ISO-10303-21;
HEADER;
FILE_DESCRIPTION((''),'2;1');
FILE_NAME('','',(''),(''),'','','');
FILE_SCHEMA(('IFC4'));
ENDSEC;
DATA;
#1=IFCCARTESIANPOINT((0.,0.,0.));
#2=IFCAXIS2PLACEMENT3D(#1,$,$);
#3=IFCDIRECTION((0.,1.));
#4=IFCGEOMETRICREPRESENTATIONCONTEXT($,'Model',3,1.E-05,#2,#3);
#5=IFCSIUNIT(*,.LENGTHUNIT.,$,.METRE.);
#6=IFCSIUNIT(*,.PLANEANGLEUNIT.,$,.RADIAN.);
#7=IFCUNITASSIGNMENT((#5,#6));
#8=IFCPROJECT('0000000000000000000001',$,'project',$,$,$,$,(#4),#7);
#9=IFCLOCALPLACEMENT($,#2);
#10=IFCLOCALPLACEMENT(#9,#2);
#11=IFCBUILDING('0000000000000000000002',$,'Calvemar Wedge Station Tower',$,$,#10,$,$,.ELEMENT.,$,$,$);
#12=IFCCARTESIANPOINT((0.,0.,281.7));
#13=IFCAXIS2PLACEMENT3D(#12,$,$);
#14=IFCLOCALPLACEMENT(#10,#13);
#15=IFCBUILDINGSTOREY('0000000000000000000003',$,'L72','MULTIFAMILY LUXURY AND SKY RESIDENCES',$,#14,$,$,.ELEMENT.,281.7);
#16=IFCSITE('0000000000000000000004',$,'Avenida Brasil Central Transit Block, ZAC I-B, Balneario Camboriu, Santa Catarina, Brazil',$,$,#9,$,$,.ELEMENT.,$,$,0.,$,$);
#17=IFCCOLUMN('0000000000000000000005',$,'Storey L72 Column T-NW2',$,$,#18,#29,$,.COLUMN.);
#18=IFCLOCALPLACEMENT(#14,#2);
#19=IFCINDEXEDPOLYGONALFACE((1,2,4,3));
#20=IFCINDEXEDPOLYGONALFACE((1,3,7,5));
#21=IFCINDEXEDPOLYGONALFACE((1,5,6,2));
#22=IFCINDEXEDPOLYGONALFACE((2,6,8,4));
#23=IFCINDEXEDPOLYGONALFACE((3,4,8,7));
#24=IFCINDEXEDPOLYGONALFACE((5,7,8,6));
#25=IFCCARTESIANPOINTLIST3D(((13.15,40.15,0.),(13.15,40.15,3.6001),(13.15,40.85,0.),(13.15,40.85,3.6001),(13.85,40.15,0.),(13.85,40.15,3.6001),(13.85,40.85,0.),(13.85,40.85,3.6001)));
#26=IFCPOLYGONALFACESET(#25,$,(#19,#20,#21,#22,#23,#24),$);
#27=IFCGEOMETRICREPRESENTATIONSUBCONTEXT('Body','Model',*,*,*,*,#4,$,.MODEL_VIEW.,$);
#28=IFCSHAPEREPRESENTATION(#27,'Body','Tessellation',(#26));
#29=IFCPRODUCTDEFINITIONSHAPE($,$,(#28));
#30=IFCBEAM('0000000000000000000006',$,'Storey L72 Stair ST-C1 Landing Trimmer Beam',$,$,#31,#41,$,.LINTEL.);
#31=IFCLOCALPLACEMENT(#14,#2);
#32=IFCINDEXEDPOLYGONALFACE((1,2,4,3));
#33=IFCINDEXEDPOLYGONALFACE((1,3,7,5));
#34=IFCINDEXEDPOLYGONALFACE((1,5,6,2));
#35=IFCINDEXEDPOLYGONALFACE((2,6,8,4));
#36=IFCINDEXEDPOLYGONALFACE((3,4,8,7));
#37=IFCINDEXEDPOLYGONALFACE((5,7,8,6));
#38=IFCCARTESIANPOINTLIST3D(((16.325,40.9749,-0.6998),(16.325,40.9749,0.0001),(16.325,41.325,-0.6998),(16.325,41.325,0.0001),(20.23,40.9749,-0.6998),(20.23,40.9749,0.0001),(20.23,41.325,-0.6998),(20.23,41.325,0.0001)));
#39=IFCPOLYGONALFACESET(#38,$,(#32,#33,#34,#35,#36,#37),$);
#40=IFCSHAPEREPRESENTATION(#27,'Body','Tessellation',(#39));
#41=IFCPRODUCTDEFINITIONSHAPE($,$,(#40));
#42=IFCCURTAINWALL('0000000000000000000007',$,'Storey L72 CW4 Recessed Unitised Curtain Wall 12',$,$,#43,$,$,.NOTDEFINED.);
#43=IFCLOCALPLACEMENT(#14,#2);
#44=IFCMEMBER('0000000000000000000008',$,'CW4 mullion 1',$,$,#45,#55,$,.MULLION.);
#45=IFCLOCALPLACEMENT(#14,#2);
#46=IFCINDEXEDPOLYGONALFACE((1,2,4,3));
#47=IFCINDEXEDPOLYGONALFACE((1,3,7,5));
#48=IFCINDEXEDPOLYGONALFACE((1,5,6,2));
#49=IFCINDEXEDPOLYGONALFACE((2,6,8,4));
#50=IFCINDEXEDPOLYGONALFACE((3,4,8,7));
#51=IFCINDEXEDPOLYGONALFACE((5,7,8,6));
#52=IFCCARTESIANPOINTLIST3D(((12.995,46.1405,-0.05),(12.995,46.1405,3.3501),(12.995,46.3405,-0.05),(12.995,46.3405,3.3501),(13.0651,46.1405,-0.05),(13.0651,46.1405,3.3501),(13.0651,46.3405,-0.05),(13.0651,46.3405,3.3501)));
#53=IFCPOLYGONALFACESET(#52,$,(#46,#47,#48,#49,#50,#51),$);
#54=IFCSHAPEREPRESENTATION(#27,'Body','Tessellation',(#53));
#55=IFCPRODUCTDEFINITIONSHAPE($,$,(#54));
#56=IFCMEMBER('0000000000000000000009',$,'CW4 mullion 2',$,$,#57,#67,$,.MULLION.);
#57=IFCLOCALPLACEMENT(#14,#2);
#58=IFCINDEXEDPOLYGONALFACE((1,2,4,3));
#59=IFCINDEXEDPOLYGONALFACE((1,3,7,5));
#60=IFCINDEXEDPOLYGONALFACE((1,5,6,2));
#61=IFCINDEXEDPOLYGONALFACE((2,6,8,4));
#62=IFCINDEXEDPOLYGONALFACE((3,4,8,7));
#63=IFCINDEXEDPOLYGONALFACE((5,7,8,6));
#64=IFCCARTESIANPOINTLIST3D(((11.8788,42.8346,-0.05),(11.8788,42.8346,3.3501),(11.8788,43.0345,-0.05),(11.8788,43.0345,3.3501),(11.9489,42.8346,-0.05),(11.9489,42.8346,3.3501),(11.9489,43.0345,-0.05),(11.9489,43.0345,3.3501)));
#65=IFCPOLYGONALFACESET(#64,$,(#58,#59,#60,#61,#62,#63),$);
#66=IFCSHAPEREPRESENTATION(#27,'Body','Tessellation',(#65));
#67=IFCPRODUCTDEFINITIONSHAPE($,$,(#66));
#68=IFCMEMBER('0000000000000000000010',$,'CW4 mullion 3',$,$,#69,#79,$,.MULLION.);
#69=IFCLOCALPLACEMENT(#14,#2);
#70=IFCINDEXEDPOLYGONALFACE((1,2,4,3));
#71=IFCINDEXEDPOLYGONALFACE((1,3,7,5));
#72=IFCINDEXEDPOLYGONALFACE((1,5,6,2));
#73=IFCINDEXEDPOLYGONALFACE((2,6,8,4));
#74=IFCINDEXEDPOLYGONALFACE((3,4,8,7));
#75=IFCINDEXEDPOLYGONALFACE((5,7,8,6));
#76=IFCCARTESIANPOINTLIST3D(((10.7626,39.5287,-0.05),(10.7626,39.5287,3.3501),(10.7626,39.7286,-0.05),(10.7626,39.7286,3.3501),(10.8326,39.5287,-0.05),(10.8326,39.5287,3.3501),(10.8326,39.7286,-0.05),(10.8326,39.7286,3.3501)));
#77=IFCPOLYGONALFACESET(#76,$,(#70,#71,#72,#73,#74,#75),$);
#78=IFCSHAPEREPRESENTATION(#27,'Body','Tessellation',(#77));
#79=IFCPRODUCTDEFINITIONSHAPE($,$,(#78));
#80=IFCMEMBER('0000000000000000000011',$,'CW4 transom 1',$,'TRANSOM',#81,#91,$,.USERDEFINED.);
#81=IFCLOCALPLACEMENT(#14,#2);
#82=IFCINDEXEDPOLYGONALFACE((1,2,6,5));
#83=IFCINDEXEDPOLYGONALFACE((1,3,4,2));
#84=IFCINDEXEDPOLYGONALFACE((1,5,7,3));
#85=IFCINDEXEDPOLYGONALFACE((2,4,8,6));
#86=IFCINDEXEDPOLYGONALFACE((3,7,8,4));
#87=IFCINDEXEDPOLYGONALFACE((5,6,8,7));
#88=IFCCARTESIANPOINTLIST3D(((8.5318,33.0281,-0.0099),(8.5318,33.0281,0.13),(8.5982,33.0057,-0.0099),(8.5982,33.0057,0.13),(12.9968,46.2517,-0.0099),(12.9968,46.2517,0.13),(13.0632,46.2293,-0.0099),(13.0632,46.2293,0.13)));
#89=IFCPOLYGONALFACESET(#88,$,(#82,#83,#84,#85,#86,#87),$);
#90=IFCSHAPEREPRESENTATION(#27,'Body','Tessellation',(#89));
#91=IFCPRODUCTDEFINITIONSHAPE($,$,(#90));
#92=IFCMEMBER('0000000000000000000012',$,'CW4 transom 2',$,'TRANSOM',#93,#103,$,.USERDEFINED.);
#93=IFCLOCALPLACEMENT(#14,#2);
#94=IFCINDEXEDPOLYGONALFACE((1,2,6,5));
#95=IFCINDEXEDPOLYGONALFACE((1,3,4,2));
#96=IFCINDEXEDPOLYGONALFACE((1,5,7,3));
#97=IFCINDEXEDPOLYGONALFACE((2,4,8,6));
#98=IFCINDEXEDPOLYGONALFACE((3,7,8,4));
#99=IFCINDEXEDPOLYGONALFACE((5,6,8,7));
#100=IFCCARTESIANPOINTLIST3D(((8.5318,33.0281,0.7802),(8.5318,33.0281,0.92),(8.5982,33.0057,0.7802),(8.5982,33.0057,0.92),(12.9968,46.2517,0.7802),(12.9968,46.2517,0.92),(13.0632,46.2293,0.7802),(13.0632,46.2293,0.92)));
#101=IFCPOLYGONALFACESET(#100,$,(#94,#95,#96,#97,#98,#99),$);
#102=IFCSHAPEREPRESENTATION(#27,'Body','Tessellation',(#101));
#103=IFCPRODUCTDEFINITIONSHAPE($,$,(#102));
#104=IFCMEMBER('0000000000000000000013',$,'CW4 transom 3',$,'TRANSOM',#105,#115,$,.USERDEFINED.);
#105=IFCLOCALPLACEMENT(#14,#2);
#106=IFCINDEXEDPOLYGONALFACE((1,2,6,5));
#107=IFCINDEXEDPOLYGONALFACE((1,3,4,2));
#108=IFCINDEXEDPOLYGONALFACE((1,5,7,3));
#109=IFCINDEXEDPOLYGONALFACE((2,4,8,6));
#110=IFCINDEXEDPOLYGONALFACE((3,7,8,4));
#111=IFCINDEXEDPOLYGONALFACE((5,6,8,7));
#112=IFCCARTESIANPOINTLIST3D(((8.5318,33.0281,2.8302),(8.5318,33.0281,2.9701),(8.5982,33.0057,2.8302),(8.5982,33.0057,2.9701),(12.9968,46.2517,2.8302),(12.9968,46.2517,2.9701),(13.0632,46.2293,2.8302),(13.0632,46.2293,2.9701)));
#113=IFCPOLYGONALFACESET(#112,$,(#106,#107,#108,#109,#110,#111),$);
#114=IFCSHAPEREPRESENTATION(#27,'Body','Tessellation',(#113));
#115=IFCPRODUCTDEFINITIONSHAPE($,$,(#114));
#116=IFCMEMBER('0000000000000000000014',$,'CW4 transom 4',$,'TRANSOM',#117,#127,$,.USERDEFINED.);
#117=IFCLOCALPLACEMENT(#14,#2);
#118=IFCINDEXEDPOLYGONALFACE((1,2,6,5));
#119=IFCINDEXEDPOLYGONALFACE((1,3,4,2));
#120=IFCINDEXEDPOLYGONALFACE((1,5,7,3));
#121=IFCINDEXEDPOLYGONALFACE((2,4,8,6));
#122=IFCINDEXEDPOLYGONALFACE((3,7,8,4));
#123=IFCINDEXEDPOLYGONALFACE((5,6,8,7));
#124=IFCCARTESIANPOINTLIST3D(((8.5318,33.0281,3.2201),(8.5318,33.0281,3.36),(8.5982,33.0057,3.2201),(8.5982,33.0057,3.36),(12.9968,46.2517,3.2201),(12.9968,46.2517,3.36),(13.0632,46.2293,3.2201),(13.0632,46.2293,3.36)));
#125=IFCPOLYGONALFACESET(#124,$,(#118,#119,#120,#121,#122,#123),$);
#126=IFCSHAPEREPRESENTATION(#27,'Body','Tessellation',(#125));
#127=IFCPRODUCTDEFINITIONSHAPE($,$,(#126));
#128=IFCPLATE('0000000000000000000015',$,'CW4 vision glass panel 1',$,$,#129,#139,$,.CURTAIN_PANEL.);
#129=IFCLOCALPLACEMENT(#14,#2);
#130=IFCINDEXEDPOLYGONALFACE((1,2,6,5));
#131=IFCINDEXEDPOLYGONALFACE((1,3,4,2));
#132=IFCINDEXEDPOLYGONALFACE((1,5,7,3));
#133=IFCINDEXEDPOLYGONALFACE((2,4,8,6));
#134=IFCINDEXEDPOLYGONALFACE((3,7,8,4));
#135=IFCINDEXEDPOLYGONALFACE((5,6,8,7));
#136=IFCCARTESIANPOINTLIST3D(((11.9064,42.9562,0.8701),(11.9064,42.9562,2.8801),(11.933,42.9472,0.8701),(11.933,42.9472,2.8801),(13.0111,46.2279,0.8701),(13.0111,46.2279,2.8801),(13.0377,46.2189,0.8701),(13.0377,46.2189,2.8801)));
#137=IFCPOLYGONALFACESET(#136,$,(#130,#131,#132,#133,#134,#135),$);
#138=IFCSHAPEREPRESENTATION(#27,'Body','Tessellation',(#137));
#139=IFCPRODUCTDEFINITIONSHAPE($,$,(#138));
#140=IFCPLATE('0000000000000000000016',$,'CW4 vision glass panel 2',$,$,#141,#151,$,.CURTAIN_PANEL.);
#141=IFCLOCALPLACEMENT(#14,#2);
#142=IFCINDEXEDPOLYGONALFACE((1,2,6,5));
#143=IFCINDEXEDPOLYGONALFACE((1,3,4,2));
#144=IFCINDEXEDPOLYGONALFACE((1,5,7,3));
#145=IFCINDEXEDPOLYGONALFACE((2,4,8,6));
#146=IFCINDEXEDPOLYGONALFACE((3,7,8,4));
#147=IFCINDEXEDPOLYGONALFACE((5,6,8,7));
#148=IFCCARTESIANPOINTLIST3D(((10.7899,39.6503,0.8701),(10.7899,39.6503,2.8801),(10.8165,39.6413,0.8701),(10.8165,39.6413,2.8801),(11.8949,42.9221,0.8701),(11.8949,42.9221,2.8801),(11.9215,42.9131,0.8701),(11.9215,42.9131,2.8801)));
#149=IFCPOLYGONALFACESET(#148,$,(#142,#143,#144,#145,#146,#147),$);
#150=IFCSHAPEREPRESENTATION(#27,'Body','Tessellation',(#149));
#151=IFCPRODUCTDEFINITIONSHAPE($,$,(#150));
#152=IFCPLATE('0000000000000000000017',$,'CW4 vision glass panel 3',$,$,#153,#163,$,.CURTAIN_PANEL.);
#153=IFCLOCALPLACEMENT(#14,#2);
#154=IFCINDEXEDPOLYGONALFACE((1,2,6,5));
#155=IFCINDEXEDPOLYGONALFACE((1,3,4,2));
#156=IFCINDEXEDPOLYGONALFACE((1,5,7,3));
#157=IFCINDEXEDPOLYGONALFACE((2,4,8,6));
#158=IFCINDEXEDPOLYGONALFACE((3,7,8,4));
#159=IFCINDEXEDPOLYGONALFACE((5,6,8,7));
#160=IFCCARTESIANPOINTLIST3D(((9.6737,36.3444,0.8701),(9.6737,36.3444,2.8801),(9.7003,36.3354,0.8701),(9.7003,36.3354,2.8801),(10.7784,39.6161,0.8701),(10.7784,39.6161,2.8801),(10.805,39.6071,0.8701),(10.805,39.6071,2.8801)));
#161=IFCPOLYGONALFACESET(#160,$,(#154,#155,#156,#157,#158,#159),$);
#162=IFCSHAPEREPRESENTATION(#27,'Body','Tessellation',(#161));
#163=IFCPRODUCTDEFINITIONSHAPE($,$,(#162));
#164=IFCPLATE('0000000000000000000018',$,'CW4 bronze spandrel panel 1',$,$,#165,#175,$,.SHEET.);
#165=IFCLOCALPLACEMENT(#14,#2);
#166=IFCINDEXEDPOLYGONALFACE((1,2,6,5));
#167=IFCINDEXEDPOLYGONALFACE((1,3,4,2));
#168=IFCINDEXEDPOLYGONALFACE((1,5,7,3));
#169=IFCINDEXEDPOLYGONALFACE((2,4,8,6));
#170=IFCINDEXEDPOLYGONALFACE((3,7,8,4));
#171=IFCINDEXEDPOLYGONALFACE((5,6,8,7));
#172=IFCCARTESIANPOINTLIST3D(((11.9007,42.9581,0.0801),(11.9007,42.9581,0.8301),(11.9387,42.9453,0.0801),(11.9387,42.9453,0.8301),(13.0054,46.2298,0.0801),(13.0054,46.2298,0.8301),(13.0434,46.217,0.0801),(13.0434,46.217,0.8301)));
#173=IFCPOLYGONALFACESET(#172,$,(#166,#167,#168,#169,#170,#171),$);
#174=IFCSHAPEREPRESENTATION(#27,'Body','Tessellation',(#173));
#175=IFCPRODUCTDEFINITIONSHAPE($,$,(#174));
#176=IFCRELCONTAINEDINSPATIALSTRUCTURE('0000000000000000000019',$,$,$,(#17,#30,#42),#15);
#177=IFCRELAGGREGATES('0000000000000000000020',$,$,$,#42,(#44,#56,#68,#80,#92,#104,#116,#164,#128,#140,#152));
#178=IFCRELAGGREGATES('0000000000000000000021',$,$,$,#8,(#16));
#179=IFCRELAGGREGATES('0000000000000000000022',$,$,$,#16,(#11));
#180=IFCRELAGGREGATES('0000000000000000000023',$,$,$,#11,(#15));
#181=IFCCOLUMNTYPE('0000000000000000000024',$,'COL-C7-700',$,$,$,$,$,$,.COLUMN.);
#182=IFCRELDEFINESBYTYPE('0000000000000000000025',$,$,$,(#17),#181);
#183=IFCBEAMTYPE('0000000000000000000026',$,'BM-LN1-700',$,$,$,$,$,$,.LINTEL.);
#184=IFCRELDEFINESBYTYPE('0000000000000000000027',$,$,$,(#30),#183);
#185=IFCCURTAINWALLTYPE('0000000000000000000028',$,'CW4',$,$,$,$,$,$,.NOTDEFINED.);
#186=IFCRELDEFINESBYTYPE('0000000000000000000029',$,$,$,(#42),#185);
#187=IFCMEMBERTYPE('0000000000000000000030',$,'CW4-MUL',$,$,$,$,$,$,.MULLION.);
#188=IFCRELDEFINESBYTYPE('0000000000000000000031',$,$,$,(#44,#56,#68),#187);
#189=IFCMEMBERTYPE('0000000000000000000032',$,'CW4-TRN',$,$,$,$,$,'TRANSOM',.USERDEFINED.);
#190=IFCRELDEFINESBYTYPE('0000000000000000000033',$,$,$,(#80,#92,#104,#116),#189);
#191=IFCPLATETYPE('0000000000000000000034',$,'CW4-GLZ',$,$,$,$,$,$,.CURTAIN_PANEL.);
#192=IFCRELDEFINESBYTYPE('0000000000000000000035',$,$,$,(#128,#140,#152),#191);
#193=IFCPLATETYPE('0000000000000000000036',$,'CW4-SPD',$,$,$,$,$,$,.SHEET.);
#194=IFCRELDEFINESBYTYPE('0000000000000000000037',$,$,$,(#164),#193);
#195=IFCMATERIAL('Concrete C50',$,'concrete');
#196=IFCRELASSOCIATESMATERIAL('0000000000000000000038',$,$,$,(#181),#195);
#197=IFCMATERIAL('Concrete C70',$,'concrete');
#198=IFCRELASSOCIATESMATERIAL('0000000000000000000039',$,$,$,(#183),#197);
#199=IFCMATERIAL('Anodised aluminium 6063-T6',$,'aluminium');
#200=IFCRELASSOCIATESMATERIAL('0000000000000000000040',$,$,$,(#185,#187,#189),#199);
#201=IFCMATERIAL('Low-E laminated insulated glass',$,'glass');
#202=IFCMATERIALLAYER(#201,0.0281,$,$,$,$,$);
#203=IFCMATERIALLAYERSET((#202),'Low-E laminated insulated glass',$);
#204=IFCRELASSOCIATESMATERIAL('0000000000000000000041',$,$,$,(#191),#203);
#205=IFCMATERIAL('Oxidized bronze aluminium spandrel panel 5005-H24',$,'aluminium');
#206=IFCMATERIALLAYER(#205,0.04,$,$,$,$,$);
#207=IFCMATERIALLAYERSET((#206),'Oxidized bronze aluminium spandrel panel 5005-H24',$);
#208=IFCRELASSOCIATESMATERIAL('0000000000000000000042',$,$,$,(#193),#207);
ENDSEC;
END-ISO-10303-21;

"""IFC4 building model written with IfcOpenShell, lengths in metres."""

from ifc_helpers import new_model, si_unit, direction, frame, frame_2d, origin, origin_2d, place, context, subcontext, project, spatial, rectangle, extrude, source, transform, mapped, material, layer, layer_set, material_profile, profile_set, type_object, element, aggregate, save


model = new_model("IFC4")

# Units and contexts
model_context = context("Model", 3, precision=1e-05, world=origin(), true_north=direction((0.0, 1.0)))
body_context = subcontext(model_context, "Body", "Model", "MODEL_VIEW")
ifc_project = project(units=[si_unit("LENGTHUNIT", "METRE"), si_unit("PLANEANGLEUNIT", "RADIAN")], contexts=[model_context])

# Site, building, storey
site_placement = place(None, origin())
site = spatial("IfcSite", under=ifc_project, at=site_placement, Name="Avenida Brasil Central Transit Block, ZAC I-B, Balneario Camboriu, Santa Catarina, Brazil", CompositionType="ELEMENT", RefElevation=0.0)
building_placement = place(site_placement, origin())
building = spatial("IfcBuilding", under=site, at=building_placement, Name="Calvemar Wedge Station Tower", CompositionType="ELEMENT")
storey_placement = place(building_placement, frame((0.0, 0.0, 281.7)))
storey = spatial("IfcBuildingStorey", under=building, at=storey_placement, Name="L72", Description="MULTIFAMILY LUXURY AND SKY RESIDENCES", CompositionType="ELEMENT", Elevation=281.7)

# Column
ifc_material_1 = material(Name="Concrete C50", Category="concrete")
ifc_material_profile_1 = material_profile(ifc_material_1, rectangle(XDim=0.7, YDim=0.7, at=origin_2d()), Name="RC700x700")
ifc_profile_set_1 = profile_set([ifc_material_profile_1], Name="Concrete C50")
column_type = type_object("IfcColumnType", Name="COL-C7-700", PredefinedType="COLUMN", material=ifc_profile_set_1)
shared_shape_1 = source(origin(), body_context, "Body", "SweptSolid", [
    extrude(rectangle(XDim=0.7, YDim=0.7, at=origin_2d()), origin(), (0.0, 0.0, 1.0), 3.6001),
])
column_placement = place(storey_placement, frame((13.5, 40.5, 0.0), z_axis=(0.0, 0.0, 1.0), x_axis=(1.0, 0.0, 0.0)))
element("IfcColumn", 1, at=column_placement, inside=storey, type_object=column_type, Name="Storey L72 Column T-NW2", PredefinedType="COLUMN", context=body_context, shape_type="MappedRepresentation", body=[
    mapped(shared_shape_1, transform((0.0, 0.0, 0.0), scale=1.0)),
])

# Beam
ifc_material_2 = material(Name="Concrete C70", Category="concrete")
ifc_material_profile_2 = material_profile(ifc_material_2, rectangle(XDim=0.3501, YDim=0.7, at=origin_2d()), Name="RC350x700")
ifc_profile_set_2 = profile_set([ifc_material_profile_2], Name="Concrete C70")
beam_type = type_object("IfcBeamType", Name="BM-LN1-700", PredefinedType="LINTEL", material=ifc_profile_set_2)
shared_shape_2 = source(origin(), body_context, "Body", "SweptSolid", [
    extrude(rectangle(XDim=0.3501, YDim=0.7, at=origin_2d()), origin(), (0.0, 0.0, 1.0), 3.905),
])
beam_placement = place(storey_placement, frame((16.325, 41.1499, -0.3499), z_axis=(1.0, 0.0, 0.0), x_axis=(0.0, 1.0, 0.0)))
element("IfcBeam", 2, at=beam_placement, inside=storey, type_object=beam_type, Name="Storey L72 Stair ST-C1 Landing Trimmer Beam", PredefinedType="LINTEL", context=body_context, shape_type="MappedRepresentation", body=[
    mapped(shared_shape_2, transform((0.0, 0.0, 0.0), scale=1.0)),
])

# Curtain wall, members, plates
ifc_material_3 = material(Name="Anodised aluminium 6063-T6", Category="aluminium")
curtain_wall_type = type_object("IfcCurtainWallType", Name="CW4", PredefinedType="NOTDEFINED", material=ifc_material_3)
curtain_wall_placement = place(storey_placement, origin())
curtain_wall = element("IfcCurtainWall", 3, at=curtain_wall_placement, inside=storey, type_object=curtain_wall_type, Name="Storey L72 CW4 Recessed Unitised Curtain Wall 12", PredefinedType="NOTDEFINED")
ifc_material_profile_3 = material_profile(ifc_material_3, rectangle(XDim=0.0701, YDim=0.2, at=origin_2d()), Name="AL-MUL-70x200")
ifc_profile_set_3 = profile_set([ifc_material_profile_3], Name="Anodised aluminium 6063-T6")
member_type_1 = type_object("IfcMemberType", Name="CW4-MUL", PredefinedType="MULLION", material=ifc_profile_set_3)
shared_shape_3 = source(origin(), body_context, "Body", "SweptSolid", [
    extrude(rectangle(XDim=0.0701, YDim=0.2, at=origin_2d()), origin(), (0.0, 0.0, 1.0), 3.4001),
])
member_1_placement = place(storey_placement, frame((13.03, 46.2405, -0.05), z_axis=(0.0, 0.0, 1.0), x_axis=(1.0, 0.0, 0.0)))
member_1 = element("IfcMember", 4, at=member_1_placement, type_object=member_type_1, Name="CW4 mullion 1", PredefinedType="MULLION", context=body_context, shape_type="MappedRepresentation", body=[
    mapped(shared_shape_3, transform((0.0, 0.0, 0.0), scale=1.0)),
])
member_2_placement = place(storey_placement, frame((11.9138, 42.9346, -0.05), z_axis=(0.0, 0.0, 1.0), x_axis=(1.0, 0.0, 0.0)))
member_2 = element("IfcMember", 5, at=member_2_placement, type_object=member_type_1, Name="CW4 mullion 2", PredefinedType="MULLION", context=body_context, shape_type="MappedRepresentation", body=[
    mapped(shared_shape_3, transform((0.0, 0.0, 0.0), scale=1.0)),
])
member_3_placement = place(storey_placement, frame((10.7976, 39.6287, -0.05), z_axis=(0.0, 0.0, 1.0), x_axis=(1.0, 0.0, 0.0)))
member_3 = element("IfcMember", 6, at=member_3_placement, type_object=member_type_1, Name="CW4 mullion 3", PredefinedType="MULLION", context=body_context, shape_type="MappedRepresentation", body=[
    mapped(shared_shape_3, transform((0.0, 0.0, 0.0), scale=1.0)),
])
ifc_material_profile_4 = material_profile(ifc_material_3, rectangle(XDim=0.0701, YDim=0.1399, at=origin_2d()), Name="AL-TRN-70x140")
ifc_profile_set_4 = profile_set([ifc_material_profile_4], Name="Anodised aluminium 6063-T6")
member_type_2 = type_object("IfcMemberType", Name="CW4-TRN", ElementType="TRANSOM", PredefinedType="USERDEFINED", material=ifc_profile_set_4)
shared_shape_4 = source(origin(), body_context, "Body", "SweptSolid", [
    extrude(rectangle(XDim=0.0701, YDim=0.1399, at=origin_2d()), origin(), (0.0, 0.0, 1.0), 13.957),
])
member_4_placement = place(storey_placement, frame((13.03, 46.2405, 0.0601), z_axis=(-0.319914, -0.947446, 0.0), x_axis=(0.947446, -0.319914, 0.0)))
member_4 = element("IfcMember", 7, at=member_4_placement, type_object=member_type_2, Name="CW4 transom 1", ObjectType="TRANSOM", PredefinedType="USERDEFINED", context=body_context, shape_type="MappedRepresentation", body=[
    mapped(shared_shape_4, transform((0.0, 0.0, 0.0), scale=1.0)),
])
member_5_placement = place(storey_placement, frame((13.03, 46.2405, 0.8501), z_axis=(-0.319914, -0.947446, 0.0), x_axis=(0.947446, -0.319914, 0.0)))
member_5 = element("IfcMember", 8, at=member_5_placement, type_object=member_type_2, Name="CW4 transom 2", ObjectType="TRANSOM", PredefinedType="USERDEFINED", context=body_context, shape_type="MappedRepresentation", body=[
    mapped(shared_shape_4, transform((0.0, 0.0, 0.0), scale=1.0)),
])
member_6_placement = place(storey_placement, frame((13.03, 46.2405, 2.9001), z_axis=(-0.319914, -0.947446, 0.0), x_axis=(0.947446, -0.319914, 0.0)))
member_6 = element("IfcMember", 9, at=member_6_placement, type_object=member_type_2, Name="CW4 transom 3", ObjectType="TRANSOM", PredefinedType="USERDEFINED", context=body_context, shape_type="MappedRepresentation", body=[
    mapped(shared_shape_4, transform((0.0, 0.0, 0.0), scale=1.0)),
])
member_7_placement = place(storey_placement, frame((13.03, 46.2405, 3.29), z_axis=(-0.319914, -0.947446, 0.0), x_axis=(0.947446, -0.319914, 0.0)))
member_7 = element("IfcMember", 10, at=member_7_placement, type_object=member_type_2, Name="CW4 transom 4", ObjectType="TRANSOM", PredefinedType="USERDEFINED", context=body_context, shape_type="MappedRepresentation", body=[
    mapped(shared_shape_4, transform((0.0, 0.0, 0.0), scale=1.0)),
])
ifc_material_4 = material(Name="Low-E laminated insulated glass", Category="glass")
ifc_layer_1 = layer(ifc_material_4, 0.0281)
ifc_layer_set_1 = layer_set([ifc_layer_1], Name="Low-E laminated insulated glass")
plate_type_1 = type_object("IfcPlateType", Name="CW4-GLZ", PredefinedType="CURTAIN_PANEL", material=ifc_layer_set_1)
plate_1_placement = place(storey_placement, frame((13.0244, 46.2234, 0.8701), z_axis=(0.0, 0.0, 1.0), x_axis=(-0.319916, -0.947446, 0.0)))
plate_1 = element("IfcPlate", 11, at=plate_1_placement, type_object=plate_type_1, Name="CW4 vision glass panel 1", PredefinedType="CURTAIN_PANEL", context=body_context, shape_type="SweptSolid", body=[
    extrude(rectangle(XDim=3.4531, YDim=0.0281, at=frame_2d((1.7266, 0.0))), origin(), (0.0, 0.0, 1.0), 2.01),
])
plate_2_placement = place(storey_placement, frame((11.9082, 42.9175, 0.8701), z_axis=(0.0, 0.0, 1.0), x_axis=(-0.319979, -0.947425, 0.0)))
plate_2 = element("IfcPlate", 12, at=plate_2_placement, type_object=plate_type_1, Name="CW4 vision glass panel 2", PredefinedType="CURTAIN_PANEL", context=body_context, shape_type="SweptSolid", body=[
    extrude(rectangle(XDim=3.4534, YDim=0.0281, at=frame_2d((1.7266, 0.0))), origin(), (0.0, 0.0, 1.0), 2.01),
])
plate_3_placement = place(storey_placement, frame((10.7917, 39.6116, 0.8701), z_axis=(0.0, 0.0, 1.0), x_axis=(-0.319916, -0.947446, 0.0)))
plate_3 = element("IfcPlate", 13, at=plate_3_placement, type_object=plate_type_1, Name="CW4 vision glass panel 3", PredefinedType="CURTAIN_PANEL", context=body_context, shape_type="SweptSolid", body=[
    extrude(rectangle(XDim=3.4531, YDim=0.0281, at=frame_2d((1.7266, 0.0))), origin(), (0.0, 0.0, 1.0), 2.01),
])
ifc_material_5 = material(Name="Oxidized bronze aluminium spandrel panel 5005-H24", Category="aluminium")
ifc_layer_2 = layer(ifc_material_5, 0.04)
ifc_layer_set_2 = layer_set([ifc_layer_2], Name="Oxidized bronze aluminium spandrel panel 5005-H24")
plate_type_2 = type_object("IfcPlateType", Name="CW4-SPD", PredefinedType="SHEET", material=ifc_layer_set_2)
plate_4_placement = place(storey_placement, frame((13.0244, 46.2234, 0.0801), z_axis=(0.0, 0.0, 1.0), x_axis=(-0.319916, -0.947446, 0.0)))
plate_4 = element("IfcPlate", 14, at=plate_4_placement, type_object=plate_type_2, Name="CW4 bronze spandrel panel 1", PredefinedType="SHEET", context=body_context, shape_type="SweptSolid", body=[
    extrude(rectangle(XDim=3.4531, YDim=0.04, at=frame_2d((1.7266, 0.0))), origin(), (0.0, 0.0, 1.0), 0.75),
])
aggregate(curtain_wall, [member_1, member_2, member_3, member_4, member_5, member_6, member_7, plate_4, plate_1, plate_2, plate_3])

save(model, "model.ifc")
